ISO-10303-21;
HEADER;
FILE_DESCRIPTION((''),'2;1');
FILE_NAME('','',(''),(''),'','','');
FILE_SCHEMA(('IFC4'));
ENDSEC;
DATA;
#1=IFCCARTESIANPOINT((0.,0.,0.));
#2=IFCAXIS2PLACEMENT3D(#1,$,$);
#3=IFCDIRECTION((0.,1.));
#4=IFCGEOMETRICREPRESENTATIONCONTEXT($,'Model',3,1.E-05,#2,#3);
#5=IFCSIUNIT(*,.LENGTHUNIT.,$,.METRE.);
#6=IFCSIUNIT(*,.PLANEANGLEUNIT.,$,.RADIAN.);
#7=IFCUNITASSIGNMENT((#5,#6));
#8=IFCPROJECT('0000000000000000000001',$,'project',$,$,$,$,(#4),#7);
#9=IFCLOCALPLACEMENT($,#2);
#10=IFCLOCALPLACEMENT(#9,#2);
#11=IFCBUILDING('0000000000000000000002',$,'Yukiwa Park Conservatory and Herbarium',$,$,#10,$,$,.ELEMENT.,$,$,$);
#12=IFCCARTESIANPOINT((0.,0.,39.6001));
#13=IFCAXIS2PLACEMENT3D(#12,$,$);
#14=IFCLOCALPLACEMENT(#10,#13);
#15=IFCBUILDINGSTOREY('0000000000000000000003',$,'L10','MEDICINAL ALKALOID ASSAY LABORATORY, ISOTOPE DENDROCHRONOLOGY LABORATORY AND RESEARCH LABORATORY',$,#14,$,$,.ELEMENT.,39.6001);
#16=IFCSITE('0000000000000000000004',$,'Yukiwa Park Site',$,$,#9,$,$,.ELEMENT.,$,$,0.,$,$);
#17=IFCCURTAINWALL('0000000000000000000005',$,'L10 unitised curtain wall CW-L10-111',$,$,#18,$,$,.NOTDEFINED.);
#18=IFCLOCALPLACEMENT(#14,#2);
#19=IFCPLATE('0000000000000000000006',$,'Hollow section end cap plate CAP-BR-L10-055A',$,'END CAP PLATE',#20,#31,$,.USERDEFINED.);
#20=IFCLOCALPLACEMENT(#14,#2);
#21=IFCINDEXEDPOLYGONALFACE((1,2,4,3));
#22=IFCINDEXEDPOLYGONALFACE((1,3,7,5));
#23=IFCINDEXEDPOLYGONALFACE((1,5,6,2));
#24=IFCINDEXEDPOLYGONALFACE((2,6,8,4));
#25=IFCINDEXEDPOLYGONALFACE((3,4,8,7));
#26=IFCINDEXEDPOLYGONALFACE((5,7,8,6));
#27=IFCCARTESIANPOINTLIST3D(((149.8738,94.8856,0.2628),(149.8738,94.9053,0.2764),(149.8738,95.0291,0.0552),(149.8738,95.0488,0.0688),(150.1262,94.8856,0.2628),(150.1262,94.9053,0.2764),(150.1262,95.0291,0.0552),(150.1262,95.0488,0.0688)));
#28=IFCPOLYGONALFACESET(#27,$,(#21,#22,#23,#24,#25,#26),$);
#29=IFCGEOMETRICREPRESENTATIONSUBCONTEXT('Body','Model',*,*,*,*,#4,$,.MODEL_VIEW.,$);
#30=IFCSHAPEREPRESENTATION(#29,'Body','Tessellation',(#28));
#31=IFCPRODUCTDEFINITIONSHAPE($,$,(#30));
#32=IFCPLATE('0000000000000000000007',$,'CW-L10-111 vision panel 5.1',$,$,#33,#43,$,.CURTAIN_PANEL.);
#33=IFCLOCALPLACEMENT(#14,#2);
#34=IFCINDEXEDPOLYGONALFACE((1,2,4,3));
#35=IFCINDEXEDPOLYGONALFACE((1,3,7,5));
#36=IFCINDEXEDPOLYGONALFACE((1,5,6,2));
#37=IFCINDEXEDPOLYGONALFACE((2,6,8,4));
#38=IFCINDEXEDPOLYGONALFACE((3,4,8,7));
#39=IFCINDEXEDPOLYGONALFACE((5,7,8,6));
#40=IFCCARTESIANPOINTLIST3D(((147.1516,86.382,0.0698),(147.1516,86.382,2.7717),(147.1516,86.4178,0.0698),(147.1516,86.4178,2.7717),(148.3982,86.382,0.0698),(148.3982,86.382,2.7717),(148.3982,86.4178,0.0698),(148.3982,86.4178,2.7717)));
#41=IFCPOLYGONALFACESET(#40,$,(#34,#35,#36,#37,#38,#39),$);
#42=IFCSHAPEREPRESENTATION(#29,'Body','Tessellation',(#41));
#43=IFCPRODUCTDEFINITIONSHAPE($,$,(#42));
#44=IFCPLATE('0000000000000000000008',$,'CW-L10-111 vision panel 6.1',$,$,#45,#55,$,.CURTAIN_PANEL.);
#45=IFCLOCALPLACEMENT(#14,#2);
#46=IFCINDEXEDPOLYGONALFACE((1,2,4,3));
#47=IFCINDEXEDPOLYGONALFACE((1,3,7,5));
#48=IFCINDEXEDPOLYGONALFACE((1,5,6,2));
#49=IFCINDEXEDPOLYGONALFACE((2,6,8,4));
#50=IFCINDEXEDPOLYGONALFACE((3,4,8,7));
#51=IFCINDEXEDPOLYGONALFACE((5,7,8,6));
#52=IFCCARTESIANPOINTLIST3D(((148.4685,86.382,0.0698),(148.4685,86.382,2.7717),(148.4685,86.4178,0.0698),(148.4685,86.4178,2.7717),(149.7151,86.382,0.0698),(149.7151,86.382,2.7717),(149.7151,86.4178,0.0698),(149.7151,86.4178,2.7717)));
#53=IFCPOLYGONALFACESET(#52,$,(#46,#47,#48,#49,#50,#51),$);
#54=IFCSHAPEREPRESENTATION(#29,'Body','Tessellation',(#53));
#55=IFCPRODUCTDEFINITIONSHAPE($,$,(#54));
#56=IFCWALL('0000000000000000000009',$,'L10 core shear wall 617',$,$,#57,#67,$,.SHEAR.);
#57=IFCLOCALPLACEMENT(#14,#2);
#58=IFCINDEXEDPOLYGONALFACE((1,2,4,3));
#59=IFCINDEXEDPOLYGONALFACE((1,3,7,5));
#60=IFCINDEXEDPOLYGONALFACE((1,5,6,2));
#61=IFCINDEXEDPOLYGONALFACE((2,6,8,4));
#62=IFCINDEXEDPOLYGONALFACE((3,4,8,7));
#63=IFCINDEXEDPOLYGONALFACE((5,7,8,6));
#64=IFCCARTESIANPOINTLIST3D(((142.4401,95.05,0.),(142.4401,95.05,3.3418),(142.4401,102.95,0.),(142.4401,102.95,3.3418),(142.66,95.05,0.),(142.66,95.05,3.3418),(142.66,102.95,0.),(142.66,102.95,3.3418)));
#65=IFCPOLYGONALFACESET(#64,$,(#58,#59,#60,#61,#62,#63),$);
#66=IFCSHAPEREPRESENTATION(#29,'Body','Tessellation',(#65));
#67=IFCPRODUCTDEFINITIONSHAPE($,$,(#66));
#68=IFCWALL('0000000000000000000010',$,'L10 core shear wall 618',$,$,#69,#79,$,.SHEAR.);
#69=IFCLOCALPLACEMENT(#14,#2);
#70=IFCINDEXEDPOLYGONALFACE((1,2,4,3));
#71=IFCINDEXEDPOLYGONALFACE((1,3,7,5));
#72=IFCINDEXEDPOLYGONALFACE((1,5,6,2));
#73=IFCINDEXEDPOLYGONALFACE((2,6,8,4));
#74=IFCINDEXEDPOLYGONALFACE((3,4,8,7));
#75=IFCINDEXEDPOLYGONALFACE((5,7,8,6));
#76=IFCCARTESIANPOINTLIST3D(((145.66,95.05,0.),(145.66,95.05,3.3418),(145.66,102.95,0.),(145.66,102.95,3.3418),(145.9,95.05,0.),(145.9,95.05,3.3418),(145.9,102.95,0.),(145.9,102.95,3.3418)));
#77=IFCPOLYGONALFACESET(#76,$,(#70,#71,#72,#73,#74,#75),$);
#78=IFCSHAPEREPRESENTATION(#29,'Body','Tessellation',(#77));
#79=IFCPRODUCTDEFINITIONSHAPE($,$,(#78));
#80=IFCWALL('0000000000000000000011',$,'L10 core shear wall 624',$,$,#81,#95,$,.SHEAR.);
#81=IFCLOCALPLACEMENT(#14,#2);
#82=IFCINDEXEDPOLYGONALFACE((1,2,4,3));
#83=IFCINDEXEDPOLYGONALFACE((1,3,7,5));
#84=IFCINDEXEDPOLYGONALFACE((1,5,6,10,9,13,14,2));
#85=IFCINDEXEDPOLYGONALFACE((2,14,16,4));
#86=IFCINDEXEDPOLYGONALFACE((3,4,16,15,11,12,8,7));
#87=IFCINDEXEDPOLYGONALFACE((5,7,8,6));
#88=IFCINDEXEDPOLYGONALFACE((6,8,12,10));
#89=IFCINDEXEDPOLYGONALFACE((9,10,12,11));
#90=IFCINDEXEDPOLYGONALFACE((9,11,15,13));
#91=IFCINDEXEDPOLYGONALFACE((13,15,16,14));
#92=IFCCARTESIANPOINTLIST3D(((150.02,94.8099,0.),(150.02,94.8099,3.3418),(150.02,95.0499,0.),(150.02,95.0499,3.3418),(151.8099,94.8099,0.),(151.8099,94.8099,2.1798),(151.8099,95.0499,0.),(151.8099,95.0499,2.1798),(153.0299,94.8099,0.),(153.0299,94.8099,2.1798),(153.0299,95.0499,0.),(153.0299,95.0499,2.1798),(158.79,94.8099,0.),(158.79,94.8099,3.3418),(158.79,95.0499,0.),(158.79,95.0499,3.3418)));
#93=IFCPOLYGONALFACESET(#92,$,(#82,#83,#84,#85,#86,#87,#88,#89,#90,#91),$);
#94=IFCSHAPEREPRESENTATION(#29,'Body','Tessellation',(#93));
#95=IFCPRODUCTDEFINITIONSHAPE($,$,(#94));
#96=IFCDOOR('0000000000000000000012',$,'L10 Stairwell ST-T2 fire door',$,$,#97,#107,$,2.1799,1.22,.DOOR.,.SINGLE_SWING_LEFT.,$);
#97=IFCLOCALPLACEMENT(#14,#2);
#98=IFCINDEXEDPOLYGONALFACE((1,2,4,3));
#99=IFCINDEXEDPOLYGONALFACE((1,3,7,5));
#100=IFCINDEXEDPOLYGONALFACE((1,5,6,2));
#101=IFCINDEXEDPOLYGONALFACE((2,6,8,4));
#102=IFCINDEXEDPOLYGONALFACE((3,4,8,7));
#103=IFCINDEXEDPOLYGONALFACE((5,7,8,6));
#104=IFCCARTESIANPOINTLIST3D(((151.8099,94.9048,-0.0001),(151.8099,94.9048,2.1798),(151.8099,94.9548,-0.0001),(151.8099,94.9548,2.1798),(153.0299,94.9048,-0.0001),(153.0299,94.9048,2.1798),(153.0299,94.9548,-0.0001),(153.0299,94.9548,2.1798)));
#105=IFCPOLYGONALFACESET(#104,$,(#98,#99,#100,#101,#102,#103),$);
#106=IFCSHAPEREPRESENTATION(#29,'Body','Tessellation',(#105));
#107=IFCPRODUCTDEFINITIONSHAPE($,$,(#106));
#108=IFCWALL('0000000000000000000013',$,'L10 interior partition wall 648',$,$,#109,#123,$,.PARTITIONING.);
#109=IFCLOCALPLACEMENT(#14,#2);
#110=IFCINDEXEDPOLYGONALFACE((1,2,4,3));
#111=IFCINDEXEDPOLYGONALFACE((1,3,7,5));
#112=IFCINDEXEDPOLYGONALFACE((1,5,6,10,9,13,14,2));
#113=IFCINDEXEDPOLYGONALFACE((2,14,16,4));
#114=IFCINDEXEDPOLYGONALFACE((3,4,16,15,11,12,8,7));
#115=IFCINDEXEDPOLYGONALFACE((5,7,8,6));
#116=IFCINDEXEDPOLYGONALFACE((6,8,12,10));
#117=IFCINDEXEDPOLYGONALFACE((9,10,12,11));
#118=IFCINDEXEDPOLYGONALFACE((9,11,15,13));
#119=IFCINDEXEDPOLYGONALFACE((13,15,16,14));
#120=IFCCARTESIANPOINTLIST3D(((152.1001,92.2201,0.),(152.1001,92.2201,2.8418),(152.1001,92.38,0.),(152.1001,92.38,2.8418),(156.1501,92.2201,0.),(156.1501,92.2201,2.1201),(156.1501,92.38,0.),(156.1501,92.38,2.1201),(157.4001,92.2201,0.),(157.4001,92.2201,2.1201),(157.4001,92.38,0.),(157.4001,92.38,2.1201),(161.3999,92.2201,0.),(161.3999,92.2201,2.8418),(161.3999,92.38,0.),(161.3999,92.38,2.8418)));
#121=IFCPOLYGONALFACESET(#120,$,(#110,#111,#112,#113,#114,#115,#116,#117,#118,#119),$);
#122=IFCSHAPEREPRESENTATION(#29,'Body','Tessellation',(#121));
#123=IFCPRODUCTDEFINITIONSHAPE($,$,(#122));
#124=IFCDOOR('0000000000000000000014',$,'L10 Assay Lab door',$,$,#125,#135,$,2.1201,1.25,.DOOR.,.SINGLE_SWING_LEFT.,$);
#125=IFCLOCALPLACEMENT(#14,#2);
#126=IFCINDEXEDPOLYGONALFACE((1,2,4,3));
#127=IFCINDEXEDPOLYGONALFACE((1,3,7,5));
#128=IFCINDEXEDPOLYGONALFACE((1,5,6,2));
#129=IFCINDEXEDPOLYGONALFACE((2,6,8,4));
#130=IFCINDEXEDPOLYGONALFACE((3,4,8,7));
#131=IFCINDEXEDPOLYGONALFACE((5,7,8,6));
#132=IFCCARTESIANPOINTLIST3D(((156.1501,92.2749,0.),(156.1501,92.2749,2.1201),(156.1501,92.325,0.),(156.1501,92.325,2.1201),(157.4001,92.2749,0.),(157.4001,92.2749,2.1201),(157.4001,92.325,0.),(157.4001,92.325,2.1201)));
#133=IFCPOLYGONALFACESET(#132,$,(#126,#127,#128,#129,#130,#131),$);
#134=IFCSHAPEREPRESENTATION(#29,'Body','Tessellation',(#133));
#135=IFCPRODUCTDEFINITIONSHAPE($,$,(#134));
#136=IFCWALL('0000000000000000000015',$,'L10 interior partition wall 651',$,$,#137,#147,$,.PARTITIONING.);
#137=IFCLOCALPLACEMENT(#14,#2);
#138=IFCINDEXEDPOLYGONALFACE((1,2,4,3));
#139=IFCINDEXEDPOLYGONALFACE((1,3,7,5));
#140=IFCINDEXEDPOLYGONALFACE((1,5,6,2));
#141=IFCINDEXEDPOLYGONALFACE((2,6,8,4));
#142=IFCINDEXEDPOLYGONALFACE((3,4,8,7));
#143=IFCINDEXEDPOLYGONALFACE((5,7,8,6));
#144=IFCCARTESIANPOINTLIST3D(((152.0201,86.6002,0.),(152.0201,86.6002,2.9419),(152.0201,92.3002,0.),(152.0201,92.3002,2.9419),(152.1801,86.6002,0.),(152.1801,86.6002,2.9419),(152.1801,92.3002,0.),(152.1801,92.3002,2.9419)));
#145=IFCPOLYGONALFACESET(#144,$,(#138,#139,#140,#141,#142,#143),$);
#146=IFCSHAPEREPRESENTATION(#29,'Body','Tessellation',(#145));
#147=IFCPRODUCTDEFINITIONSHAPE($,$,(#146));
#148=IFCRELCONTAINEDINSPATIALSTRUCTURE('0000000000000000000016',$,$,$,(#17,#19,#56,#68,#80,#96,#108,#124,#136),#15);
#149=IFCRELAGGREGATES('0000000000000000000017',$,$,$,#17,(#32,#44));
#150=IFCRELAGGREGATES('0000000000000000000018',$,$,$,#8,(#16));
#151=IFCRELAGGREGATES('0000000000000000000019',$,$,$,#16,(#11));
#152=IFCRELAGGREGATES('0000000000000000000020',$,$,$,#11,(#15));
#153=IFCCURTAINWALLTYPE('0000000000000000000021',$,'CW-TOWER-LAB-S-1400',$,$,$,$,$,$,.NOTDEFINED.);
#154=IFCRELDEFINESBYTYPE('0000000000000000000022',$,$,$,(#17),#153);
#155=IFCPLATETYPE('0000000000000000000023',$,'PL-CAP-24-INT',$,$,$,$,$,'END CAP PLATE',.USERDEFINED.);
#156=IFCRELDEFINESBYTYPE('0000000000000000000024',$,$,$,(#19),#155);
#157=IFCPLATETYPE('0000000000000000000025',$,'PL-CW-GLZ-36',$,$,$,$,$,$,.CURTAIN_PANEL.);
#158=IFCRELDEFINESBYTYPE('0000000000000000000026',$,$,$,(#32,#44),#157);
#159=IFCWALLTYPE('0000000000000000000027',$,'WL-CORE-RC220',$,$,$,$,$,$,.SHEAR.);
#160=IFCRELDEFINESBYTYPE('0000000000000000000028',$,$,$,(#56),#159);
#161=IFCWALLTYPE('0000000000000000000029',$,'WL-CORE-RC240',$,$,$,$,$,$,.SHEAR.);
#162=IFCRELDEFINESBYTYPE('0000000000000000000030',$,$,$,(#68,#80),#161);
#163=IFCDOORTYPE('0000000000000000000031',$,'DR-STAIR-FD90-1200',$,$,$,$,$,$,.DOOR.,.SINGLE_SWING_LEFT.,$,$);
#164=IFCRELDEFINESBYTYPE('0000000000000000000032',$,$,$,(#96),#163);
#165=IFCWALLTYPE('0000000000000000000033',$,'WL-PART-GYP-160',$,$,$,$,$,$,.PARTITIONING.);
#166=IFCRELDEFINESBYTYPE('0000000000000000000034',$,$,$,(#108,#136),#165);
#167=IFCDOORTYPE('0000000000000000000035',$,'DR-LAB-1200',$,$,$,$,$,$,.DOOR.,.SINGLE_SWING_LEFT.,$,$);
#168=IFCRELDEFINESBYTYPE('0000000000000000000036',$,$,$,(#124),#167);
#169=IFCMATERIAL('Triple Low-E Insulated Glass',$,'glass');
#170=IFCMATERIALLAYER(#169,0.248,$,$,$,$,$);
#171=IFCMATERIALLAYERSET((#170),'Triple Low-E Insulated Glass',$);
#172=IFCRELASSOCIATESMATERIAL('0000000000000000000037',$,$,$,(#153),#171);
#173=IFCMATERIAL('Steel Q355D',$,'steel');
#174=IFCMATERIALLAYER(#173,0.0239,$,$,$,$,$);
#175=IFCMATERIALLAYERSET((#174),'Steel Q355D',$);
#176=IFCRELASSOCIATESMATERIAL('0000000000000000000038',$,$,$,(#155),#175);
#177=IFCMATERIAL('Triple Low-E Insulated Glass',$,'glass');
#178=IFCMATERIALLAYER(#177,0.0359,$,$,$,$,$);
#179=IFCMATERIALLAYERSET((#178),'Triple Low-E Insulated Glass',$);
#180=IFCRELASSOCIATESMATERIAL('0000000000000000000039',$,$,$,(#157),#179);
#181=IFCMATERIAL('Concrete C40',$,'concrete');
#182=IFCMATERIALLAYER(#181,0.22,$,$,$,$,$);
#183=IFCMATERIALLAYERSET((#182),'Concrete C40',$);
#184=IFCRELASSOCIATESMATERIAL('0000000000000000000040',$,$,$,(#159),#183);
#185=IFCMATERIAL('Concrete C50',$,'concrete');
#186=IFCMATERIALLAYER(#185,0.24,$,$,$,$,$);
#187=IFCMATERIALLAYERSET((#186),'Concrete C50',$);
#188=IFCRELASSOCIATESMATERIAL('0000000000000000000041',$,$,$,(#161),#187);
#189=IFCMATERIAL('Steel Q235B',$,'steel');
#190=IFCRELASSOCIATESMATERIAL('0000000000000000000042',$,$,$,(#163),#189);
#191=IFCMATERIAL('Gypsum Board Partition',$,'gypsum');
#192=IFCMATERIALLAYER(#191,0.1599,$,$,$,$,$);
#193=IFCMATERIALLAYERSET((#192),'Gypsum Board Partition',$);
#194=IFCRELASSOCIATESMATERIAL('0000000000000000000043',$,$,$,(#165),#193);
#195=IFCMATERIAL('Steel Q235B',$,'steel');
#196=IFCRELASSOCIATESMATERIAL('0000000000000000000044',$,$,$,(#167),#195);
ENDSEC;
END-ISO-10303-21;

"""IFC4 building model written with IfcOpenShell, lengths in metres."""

from ifc_helpers import new_model, si_unit, direction, frame, frame_2d, origin, origin_2d, place, context, subcontext, project, spatial, rectangle, extrude, material, layer, layer_set, type_object, element, fill, aggregate, save


model = new_model("IFC4")

# Units and contexts
model_context = context("Model", 3, precision=1e-05, world=origin(), true_north=direction((0.0, 1.0)))
body_context = subcontext(model_context, "Body", "Model", "MODEL_VIEW")
ifc_project = project(units=[si_unit("LENGTHUNIT", "METRE"), si_unit("PLANEANGLEUNIT", "RADIAN")], contexts=[model_context])

# Site, building, storey
site_placement = place(None, origin())
site = spatial("IfcSite", under=ifc_project, at=site_placement, Name="Yukiwa Park Site", CompositionType="ELEMENT", RefElevation=0.0)
building_placement = place(site_placement, origin())
building = spatial("IfcBuilding", under=site, at=building_placement, Name="Yukiwa Park Conservatory and Herbarium", CompositionType="ELEMENT")
storey_placement = place(building_placement, frame((0.0, 0.0, 39.6001)))
storey = spatial("IfcBuildingStorey", under=building, at=storey_placement, Name="L10", Description="MEDICINAL ALKALOID ASSAY LABORATORY, ISOTOPE DENDROCHRONOLOGY LABORATORY AND RESEARCH LABORATORY", CompositionType="ELEMENT", Elevation=39.6001)

# Curtain wall
ifc_material_1 = material(Name="Triple Low-E Insulated Glass", Category="glass")
ifc_layer_1 = layer(ifc_material_1, 0.248)
ifc_layer_set_1 = layer_set([ifc_layer_1], Name="Triple Low-E Insulated Glass")
curtain_wall_type = type_object("IfcCurtainWallType", Name="CW-TOWER-LAB-S-1400", PredefinedType="NOTDEFINED", material=ifc_layer_set_1)
curtain_wall_placement = place(storey_placement, origin())
curtain_wall = element("IfcCurtainWall", 1, at=curtain_wall_placement, inside=storey, type_object=curtain_wall_type, Name="L10 unitised curtain wall CW-L10-111", PredefinedType="NOTDEFINED")

# Plates
ifc_material_2 = material(Name="Steel Q355D", Category="steel")
ifc_layer_2 = layer(ifc_material_2, 0.0239)
ifc_layer_set_2 = layer_set([ifc_layer_2], Name="Steel Q355D")
plate_type_1 = type_object("IfcPlateType", Name="PL-CAP-24-INT", ElementType="END CAP PLATE", PredefinedType="USERDEFINED", material=ifc_layer_set_2)
plate_1_placement = place(storey_placement, frame((150.0, 94.9771, 0.1726), z_axis=(0.0, -0.822558, -0.568682), x_axis=(1.0, 0.0, 0.0)))
element("IfcPlate", 2, at=plate_1_placement, inside=storey, type_object=plate_type_1, Name="Hollow section end cap plate CAP-BR-L10-055A", ObjectType="END CAP PLATE", PredefinedType="USERDEFINED", context=body_context, shape_type="SweptSolid", body=[
    extrude(rectangle(XDim=0.2524, YDim=0.2524, at=origin_2d()), origin(), (0.0, 0.0, 1.0), 0.0239),
])
ifc_material_3 = material(Name="Triple Low-E Insulated Glass", Category="glass")
ifc_layer_3 = layer(ifc_material_3, 0.0359)
ifc_layer_set_3 = layer_set([ifc_layer_3], Name="Triple Low-E Insulated Glass")
plate_type_2 = type_object("IfcPlateType", Name="PL-CW-GLZ-36", PredefinedType="CURTAIN_PANEL", material=ifc_layer_set_3)
plate_2_placement = place(storey_placement, frame((147.7749, 86.3999, 0.0698), z_axis=(0.0, 0.0, 1.0), x_axis=(1.0, 0.0, 0.0)))
plate_2 = element("IfcPlate", 3, at=plate_2_placement, type_object=plate_type_2, Name="CW-L10-111 vision panel 5.1", PredefinedType="CURTAIN_PANEL", context=body_context, shape_type="SweptSolid", body=[
    extrude(rectangle(XDim=1.2466, YDim=0.0359, at=origin_2d()), origin(), (0.0, 0.0, 1.0), 2.7019),
])
plate_3_placement = place(storey_placement, frame((149.0918, 86.3999, 0.0698), z_axis=(0.0, 0.0, 1.0), x_axis=(1.0, 0.0, 0.0)))
plate_3 = element("IfcPlate", 4, at=plate_3_placement, type_object=plate_type_2, Name="CW-L10-111 vision panel 6.1", PredefinedType="CURTAIN_PANEL", context=body_context, shape_type="SweptSolid", body=[
    extrude(rectangle(XDim=1.2466, YDim=0.0359, at=origin_2d()), origin(), (0.0, 0.0, 1.0), 2.7019),
])
aggregate(curtain_wall, [plate_2, plate_3])

# Walls
ifc_material_4 = material(Name="Concrete C40", Category="concrete")
ifc_layer_4 = layer(ifc_material_4, 0.22)
ifc_layer_set_4 = layer_set([ifc_layer_4], Name="Concrete C40")
wall_type_1 = type_object("IfcWallType", Name="WL-CORE-RC220", PredefinedType="SHEAR", material=ifc_layer_set_4)
wall_1_placement = place(storey_placement, frame((142.55, 95.05, 0.0), z_axis=(0.0, 0.0, 1.0), x_axis=(0.0, 1.0, 0.0)))
element("IfcWall", 5, at=wall_1_placement, inside=storey, type_object=wall_type_1, Name="L10 core shear wall 617", PredefinedType="SHEAR", context=body_context, shape_type="SweptSolid", body=[
    extrude(rectangle(XDim=7.8999, YDim=0.22, at=frame_2d((3.95, 0.0))), origin(), (0.0, 0.0, 1.0), 3.3418),
])
ifc_material_5 = material(Name="Concrete C50", Category="concrete")
ifc_layer_5 = layer(ifc_material_5, 0.24)
ifc_layer_set_5 = layer_set([ifc_layer_5], Name="Concrete C50")
wall_type_2 = type_object("IfcWallType", Name="WL-CORE-RC240", PredefinedType="SHEAR", material=ifc_layer_set_5)
wall_2_placement = place(storey_placement, frame((145.78, 95.05, 0.0), z_axis=(0.0, 0.0, 1.0), x_axis=(0.0, 1.0, 0.0)))
element("IfcWall", 6, at=wall_2_placement, inside=storey, type_object=wall_type_2, Name="L10 core shear wall 618", PredefinedType="SHEAR", context=body_context, shape_type="SweptSolid", body=[
    extrude(rectangle(XDim=7.8999, YDim=0.24, at=frame_2d((3.95, 0.0))), origin(), (0.0, 0.0, 1.0), 3.3418),
])

# Walls, openings, doors
wall_3_placement = place(storey_placement, frame((150.02, 94.9299, 0.0), z_axis=(0.0, 0.0, 1.0), x_axis=(1.0, 0.0, 0.0)))
wall_3 = element("IfcWall", 7, at=wall_3_placement, inside=storey, type_object=wall_type_2, Name="L10 core shear wall 624", PredefinedType="SHEAR", context=body_context, shape_type="SweptSolid", body=[
    extrude(rectangle(XDim=8.77, YDim=0.24, at=frame_2d((4.385, 0.0))), origin(), (0.0, 0.0, 1.0), 3.3418),
])
opening_1_placement = place(wall_3_placement, frame((1.79, 0.0, 0.0)))
opening_1 = element("IfcOpeningElement", 8, at=opening_1_placement, cuts=wall_3, PredefinedType="OPENING", context=body_context, shape_type="SweptSolid", body=[
    extrude(rectangle(XDim=1.22, YDim=2.1799, at=frame_2d((0.6099, 1.0898))), frame((0.0, 0.1299, 0.0), z_axis=(0.0, -1.0, 0.0), x_axis=(1.0, 0.0, 0.0)), (0.0, 0.0, 1.0), 0.26),
])
ifc_material_6 = material(Name="Steel Q235B", Category="steel")
door_type_1 = type_object("IfcDoorType", Name="DR-STAIR-FD90-1200", OperationType="SINGLE_SWING_LEFT", PredefinedType="DOOR", material=ifc_material_6)
door_1_placement = place(opening_1_placement, origin())
door_1 = element("IfcDoor", 9, at=door_1_placement, inside=storey, type_object=door_type_1, Name="L10 Stairwell ST-T2 fire door", OperationType="SINGLE_SWING_LEFT", OverallHeight=2.1799, OverallWidth=1.22, PredefinedType="DOOR", context=body_context, shape_type="SweptSolid", body=[
    extrude(rectangle(XDim=1.22, YDim=2.1799, at=frame_2d((0.6099, 1.0898))), frame((0.0, 0.0249, 0.0), z_axis=(0.0, -1.0, 0.0), x_axis=(1.0, 0.0, 0.0)), (0.0, 0.0, 1.0), 0.05),
])
fill(opening_1, door_1)
ifc_material_7 = material(Name="Gypsum Board Partition", Category="gypsum")
ifc_layer_6 = layer(ifc_material_7, 0.1599)
ifc_layer_set_6 = layer_set([ifc_layer_6], Name="Gypsum Board Partition")
wall_type_3 = type_object("IfcWallType", Name="WL-PART-GYP-160", PredefinedType="PARTITIONING", material=ifc_layer_set_6)
wall_4_placement = place(storey_placement, frame((152.1001, 92.3, 0.0), z_axis=(0.0, 0.0, 1.0), x_axis=(1.0, 0.0, 0.0)))
wall_4 = element("IfcWall", 10, at=wall_4_placement, inside=storey, type_object=wall_type_3, Name="L10 interior partition wall 648", PredefinedType="PARTITIONING", context=body_context, shape_type="SweptSolid", body=[
    extrude(rectangle(XDim=9.2998, YDim=0.1599, at=frame_2d((4.6499, 0.0))), origin(), (0.0, 0.0, 1.0), 2.8418),
])
opening_2_placement = place(wall_4_placement, frame((4.05, 0.0, 0.0)))
opening_2 = element("IfcOpeningElement", 11, at=opening_2_placement, cuts=wall_4, PredefinedType="OPENING", context=body_context, shape_type="SweptSolid", body=[
    extrude(rectangle(XDim=1.25, YDim=2.1201, at=frame_2d((0.625, 1.0601))), frame((0.0, 0.0898, 0.0), z_axis=(0.0, -1.0, 0.0), x_axis=(1.0, 0.0, 0.0)), (0.0, 0.0, 1.0), 0.1799),
])
ifc_material_8 = material(Name="Steel Q235B", Category="steel")
door_type_2 = type_object("IfcDoorType", Name="DR-LAB-1200", OperationType="SINGLE_SWING_LEFT", PredefinedType="DOOR", material=ifc_material_8)
door_2_placement = place(opening_2_placement, origin())
door_2 = element("IfcDoor", 12, at=door_2_placement, inside=storey, type_object=door_type_2, Name="L10 Assay Lab door", OperationType="SINGLE_SWING_LEFT", OverallHeight=2.1201, OverallWidth=1.25, PredefinedType="DOOR", context=body_context, shape_type="SweptSolid", body=[
    extrude(rectangle(XDim=1.25, YDim=2.1201, at=frame_2d((0.625, 1.0601))), frame((0.0, 0.0249, 0.0), z_axis=(0.0, -1.0, 0.0), x_axis=(1.0, 0.0, 0.0)), (0.0, 0.0, 1.0), 0.05),
])
fill(opening_2, door_2)

# Wall
wall_5_placement = place(storey_placement, frame((152.1001, 86.6001, 0.0), z_axis=(0.0, 0.0, 1.0), x_axis=(0.0, 1.0, 0.0)))
element("IfcWall", 13, at=wall_5_placement, inside=storey, type_object=wall_type_3, Name="L10 interior partition wall 651", PredefinedType="PARTITIONING", context=body_context, shape_type="SweptSolid", body=[
    extrude(rectangle(XDim=5.7, YDim=0.1599, at=frame_2d((2.8501, 0.0))), origin(), (0.0, 0.0, 1.0), 2.9419),
])

save(model, "model.ifc")
